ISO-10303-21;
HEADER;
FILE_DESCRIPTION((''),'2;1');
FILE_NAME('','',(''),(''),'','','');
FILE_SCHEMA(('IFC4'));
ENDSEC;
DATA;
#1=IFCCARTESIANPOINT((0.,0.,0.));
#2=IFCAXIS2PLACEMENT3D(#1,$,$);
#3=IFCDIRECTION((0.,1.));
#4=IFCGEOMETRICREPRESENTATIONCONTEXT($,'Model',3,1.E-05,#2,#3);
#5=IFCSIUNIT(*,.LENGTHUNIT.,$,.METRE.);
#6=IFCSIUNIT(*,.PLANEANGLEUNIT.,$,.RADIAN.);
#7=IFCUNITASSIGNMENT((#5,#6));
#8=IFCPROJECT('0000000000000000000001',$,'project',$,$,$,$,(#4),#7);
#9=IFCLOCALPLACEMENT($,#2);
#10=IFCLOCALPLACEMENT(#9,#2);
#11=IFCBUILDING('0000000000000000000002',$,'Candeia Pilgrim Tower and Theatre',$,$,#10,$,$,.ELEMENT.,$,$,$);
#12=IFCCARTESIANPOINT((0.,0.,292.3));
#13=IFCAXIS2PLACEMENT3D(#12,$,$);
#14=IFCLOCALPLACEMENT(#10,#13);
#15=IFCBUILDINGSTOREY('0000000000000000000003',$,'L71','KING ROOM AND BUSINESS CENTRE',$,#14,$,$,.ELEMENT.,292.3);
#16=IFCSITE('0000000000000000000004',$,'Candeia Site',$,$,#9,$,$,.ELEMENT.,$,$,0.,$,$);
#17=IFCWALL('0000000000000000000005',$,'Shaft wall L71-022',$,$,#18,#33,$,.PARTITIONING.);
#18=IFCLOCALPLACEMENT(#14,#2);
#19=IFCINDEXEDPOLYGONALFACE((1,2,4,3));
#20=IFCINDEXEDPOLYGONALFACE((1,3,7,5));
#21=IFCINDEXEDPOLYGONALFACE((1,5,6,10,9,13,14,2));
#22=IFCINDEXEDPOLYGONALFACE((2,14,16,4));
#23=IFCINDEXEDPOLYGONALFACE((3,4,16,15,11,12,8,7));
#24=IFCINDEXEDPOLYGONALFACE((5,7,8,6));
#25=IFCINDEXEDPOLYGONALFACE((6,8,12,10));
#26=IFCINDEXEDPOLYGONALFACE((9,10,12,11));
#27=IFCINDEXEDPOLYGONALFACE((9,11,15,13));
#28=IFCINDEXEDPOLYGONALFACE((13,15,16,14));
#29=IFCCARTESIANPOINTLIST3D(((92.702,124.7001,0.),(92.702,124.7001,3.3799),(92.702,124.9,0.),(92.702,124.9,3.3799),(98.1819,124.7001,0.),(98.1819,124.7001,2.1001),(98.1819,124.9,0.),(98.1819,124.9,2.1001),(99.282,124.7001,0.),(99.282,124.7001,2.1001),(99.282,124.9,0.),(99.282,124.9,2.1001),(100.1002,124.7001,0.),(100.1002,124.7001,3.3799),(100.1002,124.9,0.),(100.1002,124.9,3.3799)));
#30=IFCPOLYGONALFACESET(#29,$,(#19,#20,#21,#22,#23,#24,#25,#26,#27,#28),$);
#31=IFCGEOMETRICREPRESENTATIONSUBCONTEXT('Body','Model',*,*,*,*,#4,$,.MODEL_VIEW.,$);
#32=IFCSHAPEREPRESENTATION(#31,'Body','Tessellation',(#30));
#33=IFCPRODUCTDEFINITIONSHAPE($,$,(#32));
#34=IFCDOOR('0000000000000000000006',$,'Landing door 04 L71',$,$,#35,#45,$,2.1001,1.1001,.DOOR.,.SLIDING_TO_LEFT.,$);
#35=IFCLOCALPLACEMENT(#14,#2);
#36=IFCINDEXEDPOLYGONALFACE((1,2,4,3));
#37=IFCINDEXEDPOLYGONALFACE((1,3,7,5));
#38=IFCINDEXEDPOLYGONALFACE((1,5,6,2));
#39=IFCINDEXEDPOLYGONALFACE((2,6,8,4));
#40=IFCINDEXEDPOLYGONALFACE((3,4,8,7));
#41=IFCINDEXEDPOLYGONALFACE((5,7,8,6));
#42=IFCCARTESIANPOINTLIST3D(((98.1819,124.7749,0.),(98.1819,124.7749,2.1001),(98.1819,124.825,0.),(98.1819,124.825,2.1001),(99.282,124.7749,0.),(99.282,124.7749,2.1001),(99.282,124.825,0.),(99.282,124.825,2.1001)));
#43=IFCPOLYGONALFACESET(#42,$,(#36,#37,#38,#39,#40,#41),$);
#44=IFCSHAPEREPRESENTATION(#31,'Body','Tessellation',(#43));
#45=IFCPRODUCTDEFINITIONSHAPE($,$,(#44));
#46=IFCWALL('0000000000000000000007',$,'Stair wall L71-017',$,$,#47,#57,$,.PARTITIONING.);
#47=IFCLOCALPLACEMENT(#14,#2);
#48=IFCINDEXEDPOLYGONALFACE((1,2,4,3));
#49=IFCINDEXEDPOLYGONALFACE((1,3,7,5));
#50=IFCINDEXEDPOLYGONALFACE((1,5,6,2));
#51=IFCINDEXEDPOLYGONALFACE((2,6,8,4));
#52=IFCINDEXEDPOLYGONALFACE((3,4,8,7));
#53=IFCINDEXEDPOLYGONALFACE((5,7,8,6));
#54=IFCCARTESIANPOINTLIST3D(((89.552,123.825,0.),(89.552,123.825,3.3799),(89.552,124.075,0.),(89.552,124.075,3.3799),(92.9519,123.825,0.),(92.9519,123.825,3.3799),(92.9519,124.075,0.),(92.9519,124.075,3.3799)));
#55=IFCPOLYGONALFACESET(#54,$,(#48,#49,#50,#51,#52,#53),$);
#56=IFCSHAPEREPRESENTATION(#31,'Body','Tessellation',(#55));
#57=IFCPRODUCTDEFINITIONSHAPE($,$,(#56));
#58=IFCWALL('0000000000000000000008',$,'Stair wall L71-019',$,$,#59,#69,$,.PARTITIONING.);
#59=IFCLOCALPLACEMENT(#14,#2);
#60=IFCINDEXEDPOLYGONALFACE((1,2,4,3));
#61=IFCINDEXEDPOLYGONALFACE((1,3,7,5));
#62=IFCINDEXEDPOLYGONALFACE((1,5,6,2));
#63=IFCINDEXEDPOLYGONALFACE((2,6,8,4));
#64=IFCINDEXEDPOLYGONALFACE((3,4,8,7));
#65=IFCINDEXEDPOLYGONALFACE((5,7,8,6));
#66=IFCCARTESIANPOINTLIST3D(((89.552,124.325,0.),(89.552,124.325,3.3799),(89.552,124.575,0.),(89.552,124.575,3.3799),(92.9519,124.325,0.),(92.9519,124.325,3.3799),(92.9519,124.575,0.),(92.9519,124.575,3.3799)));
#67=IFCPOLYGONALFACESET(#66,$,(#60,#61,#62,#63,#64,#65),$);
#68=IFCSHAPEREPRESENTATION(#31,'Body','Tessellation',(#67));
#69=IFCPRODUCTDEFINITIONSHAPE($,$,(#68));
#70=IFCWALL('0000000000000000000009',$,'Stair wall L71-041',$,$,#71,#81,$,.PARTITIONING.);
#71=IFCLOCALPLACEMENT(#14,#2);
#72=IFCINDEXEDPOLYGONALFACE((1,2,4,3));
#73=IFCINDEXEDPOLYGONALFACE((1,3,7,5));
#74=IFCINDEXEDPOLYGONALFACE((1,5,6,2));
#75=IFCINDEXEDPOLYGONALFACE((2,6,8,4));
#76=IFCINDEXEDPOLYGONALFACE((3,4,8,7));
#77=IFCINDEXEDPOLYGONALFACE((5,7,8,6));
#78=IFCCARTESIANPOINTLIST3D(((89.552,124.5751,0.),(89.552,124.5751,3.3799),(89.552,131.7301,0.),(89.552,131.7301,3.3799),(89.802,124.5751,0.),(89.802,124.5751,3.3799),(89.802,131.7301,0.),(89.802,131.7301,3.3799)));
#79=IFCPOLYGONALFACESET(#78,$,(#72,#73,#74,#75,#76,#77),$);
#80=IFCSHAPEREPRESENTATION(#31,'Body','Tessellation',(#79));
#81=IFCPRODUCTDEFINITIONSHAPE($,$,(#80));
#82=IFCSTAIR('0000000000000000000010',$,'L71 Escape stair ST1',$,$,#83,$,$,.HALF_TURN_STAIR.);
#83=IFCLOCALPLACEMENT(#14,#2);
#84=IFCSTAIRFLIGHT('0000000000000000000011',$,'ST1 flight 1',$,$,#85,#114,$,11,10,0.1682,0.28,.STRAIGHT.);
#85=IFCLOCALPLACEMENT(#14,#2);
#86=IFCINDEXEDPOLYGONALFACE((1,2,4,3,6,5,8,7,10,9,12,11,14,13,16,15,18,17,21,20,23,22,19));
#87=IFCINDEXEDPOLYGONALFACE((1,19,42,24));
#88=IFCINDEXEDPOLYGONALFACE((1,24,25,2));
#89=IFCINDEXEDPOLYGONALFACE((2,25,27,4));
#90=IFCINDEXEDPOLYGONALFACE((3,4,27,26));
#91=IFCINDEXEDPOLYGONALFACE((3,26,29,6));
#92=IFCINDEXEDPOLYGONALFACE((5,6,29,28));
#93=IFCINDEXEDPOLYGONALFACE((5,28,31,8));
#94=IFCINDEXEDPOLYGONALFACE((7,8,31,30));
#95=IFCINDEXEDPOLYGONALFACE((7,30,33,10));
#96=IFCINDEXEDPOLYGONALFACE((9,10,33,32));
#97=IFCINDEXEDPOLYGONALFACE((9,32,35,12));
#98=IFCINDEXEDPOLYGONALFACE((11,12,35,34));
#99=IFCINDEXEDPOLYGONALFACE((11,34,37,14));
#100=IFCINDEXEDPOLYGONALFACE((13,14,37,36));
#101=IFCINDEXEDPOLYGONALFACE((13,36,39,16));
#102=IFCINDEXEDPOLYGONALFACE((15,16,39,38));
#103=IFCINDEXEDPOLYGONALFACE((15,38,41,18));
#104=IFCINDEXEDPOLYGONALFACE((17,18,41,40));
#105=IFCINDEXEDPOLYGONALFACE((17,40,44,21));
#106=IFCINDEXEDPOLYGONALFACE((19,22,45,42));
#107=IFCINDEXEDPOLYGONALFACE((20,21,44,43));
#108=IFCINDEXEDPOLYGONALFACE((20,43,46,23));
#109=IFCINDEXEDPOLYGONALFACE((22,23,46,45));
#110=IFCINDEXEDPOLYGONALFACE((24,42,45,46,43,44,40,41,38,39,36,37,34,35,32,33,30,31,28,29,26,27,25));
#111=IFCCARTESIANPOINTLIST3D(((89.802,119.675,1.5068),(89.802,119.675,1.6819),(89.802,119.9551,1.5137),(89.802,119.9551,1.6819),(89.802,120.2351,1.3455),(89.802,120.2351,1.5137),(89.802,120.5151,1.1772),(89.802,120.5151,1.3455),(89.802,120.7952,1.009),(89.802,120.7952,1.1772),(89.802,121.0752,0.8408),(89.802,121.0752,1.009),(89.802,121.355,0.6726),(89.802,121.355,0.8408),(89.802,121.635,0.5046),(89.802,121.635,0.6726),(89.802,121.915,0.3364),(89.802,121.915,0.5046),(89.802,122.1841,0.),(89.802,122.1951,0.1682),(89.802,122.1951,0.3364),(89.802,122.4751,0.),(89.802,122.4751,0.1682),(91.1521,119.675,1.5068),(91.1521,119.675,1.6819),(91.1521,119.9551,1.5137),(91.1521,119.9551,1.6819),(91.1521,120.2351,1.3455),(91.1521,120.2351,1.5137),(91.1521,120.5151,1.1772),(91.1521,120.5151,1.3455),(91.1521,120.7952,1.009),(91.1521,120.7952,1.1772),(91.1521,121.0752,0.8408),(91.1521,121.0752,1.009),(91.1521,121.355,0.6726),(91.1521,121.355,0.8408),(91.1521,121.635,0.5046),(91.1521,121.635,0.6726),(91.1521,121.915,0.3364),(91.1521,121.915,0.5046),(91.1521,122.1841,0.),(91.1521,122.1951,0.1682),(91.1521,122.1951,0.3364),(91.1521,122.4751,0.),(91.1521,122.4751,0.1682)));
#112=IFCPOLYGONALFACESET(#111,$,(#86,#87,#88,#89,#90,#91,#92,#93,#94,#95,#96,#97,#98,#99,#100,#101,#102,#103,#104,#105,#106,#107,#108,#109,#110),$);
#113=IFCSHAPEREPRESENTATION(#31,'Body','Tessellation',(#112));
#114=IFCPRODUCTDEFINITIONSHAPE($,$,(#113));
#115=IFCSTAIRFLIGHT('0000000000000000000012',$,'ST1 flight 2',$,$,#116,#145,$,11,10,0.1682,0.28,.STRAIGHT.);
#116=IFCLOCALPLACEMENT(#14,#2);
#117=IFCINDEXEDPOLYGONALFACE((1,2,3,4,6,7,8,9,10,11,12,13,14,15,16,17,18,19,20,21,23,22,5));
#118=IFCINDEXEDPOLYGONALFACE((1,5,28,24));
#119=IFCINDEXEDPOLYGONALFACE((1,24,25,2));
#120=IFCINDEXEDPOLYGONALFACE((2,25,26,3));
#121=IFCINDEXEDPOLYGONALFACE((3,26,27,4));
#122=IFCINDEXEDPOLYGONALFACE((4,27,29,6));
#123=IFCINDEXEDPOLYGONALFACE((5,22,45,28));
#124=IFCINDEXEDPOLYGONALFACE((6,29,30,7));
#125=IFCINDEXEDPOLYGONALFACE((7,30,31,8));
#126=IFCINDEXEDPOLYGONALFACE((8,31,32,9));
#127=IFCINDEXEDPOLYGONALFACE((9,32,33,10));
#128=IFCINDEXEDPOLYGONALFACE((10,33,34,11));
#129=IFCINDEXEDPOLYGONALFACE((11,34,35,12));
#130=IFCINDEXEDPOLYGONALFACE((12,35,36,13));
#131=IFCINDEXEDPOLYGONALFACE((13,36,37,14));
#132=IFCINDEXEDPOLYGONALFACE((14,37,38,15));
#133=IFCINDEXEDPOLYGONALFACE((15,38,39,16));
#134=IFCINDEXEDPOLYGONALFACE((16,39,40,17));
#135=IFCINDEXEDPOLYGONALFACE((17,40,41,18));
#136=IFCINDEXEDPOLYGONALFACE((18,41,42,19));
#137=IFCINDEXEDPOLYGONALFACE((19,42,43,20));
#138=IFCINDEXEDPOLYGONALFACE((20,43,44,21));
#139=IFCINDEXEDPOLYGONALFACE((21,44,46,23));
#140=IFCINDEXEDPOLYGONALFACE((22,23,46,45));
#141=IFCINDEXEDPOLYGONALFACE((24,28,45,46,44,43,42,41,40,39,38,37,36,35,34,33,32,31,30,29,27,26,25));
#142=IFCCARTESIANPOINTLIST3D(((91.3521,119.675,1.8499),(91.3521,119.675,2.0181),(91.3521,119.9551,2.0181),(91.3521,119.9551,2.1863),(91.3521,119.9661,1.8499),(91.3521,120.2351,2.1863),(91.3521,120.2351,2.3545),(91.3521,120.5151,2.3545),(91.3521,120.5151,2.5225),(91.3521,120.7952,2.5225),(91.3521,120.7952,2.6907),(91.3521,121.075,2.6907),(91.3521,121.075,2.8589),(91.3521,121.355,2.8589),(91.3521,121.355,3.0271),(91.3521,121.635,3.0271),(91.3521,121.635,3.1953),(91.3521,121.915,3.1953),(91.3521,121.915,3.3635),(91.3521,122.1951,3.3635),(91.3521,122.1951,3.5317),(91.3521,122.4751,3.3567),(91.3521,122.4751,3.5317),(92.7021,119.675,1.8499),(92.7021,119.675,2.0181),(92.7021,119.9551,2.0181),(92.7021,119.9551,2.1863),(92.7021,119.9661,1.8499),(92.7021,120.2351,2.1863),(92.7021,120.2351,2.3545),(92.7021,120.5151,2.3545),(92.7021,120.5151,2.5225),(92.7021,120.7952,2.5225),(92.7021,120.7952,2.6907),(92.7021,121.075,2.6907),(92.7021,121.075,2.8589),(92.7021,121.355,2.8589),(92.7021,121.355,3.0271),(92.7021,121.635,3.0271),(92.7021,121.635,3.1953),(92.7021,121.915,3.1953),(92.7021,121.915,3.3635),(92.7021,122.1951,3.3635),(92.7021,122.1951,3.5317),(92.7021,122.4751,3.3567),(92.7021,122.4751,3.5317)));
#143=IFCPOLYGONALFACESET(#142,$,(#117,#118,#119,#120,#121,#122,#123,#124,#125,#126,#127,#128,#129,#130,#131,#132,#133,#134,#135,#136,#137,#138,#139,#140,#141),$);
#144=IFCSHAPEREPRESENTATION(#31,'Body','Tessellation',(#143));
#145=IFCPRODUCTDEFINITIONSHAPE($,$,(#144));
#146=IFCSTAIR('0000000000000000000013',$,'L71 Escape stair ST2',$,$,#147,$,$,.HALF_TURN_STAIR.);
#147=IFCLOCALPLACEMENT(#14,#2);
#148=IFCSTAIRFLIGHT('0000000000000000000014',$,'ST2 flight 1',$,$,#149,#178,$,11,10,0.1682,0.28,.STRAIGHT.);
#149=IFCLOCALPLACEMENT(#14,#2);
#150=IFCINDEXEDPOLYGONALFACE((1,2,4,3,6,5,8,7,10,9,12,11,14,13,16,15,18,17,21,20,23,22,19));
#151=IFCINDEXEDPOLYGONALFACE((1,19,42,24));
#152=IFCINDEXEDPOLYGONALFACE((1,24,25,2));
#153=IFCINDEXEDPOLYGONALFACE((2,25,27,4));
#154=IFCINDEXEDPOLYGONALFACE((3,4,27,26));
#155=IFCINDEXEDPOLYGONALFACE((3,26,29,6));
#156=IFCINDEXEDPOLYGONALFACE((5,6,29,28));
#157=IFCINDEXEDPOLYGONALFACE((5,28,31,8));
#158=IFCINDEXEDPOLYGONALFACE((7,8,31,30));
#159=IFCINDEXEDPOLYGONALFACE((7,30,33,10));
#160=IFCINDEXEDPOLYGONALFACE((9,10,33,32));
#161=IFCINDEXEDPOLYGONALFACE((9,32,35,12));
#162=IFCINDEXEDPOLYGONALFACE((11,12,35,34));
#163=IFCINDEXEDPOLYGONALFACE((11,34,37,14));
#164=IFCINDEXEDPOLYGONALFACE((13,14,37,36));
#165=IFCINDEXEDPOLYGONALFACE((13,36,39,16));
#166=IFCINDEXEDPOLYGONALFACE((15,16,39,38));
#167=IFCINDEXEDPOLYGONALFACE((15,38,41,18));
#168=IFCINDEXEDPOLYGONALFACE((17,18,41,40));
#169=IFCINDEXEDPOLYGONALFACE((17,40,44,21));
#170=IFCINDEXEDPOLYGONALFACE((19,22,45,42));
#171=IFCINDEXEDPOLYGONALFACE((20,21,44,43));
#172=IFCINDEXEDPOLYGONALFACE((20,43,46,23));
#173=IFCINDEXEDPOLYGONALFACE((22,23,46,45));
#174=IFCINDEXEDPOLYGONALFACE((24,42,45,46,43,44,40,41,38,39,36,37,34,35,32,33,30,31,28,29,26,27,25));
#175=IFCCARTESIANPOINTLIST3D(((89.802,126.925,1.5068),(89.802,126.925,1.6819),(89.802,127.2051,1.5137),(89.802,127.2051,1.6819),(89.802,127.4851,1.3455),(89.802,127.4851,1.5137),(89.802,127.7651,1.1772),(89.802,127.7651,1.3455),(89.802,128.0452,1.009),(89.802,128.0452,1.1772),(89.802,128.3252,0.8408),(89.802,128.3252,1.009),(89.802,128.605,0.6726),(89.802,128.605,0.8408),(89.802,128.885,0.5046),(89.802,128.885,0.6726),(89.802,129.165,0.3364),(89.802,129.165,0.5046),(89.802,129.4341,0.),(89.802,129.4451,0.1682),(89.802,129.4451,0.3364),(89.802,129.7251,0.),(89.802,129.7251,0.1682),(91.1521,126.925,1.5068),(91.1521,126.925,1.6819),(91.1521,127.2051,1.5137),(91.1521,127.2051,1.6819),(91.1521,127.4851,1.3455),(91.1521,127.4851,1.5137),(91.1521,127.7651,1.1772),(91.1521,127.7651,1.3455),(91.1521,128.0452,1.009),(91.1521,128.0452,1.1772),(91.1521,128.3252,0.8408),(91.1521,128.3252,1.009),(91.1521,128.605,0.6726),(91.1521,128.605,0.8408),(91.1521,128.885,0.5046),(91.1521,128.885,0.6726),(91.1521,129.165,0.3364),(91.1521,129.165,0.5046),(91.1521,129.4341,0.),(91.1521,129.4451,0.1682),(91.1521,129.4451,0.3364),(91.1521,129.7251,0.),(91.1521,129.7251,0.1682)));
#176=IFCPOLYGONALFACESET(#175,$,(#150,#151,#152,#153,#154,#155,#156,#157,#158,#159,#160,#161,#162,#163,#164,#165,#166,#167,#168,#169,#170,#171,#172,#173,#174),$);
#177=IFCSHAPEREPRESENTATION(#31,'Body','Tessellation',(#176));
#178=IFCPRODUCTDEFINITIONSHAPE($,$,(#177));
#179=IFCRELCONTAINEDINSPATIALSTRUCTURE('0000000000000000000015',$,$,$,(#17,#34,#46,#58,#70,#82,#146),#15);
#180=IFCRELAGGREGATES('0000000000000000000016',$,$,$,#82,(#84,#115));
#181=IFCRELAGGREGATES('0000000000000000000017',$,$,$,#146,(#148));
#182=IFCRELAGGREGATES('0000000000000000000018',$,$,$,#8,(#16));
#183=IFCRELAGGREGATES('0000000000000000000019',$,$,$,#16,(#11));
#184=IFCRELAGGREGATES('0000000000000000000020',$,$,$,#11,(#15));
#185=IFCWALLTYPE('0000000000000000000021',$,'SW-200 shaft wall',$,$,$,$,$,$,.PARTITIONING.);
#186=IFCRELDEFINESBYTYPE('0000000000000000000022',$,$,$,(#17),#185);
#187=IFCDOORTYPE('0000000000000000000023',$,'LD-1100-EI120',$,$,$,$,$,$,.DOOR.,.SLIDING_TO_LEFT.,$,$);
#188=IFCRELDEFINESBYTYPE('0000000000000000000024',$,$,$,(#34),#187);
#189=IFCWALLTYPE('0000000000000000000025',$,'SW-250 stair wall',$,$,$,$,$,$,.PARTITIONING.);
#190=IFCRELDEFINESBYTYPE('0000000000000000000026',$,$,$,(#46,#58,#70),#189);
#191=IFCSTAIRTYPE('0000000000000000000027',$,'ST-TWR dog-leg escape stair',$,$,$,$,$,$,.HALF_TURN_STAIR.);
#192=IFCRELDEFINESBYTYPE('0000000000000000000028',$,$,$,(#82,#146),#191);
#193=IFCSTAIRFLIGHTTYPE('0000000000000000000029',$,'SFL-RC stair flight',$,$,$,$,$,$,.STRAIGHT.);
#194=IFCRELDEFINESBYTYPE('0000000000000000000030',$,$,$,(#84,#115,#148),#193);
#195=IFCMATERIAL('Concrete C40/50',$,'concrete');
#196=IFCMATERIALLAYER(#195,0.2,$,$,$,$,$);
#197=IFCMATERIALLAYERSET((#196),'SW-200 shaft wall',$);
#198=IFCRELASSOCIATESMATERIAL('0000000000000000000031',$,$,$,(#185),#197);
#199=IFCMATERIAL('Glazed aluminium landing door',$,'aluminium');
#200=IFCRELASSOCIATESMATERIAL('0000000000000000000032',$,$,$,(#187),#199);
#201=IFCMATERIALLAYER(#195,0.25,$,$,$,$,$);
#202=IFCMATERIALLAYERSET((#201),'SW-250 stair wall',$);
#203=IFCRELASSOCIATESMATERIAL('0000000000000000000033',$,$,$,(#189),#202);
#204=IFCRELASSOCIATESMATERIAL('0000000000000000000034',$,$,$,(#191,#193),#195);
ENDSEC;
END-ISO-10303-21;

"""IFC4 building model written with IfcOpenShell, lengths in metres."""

from ifc_helpers import new_model, si_unit, direction, frame, frame_2d, origin, place, context, subcontext, project, spatial, polyline, rectangle, outline, extrude, material, layer, layer_set, type_object, element, fill, aggregate, save


model = new_model("IFC4")

# Units and contexts
model_context = context("Model", 3, precision=1e-05, world=origin(), true_north=direction((0.0, 1.0)))
body_context = subcontext(model_context, "Body", "Model", "MODEL_VIEW")
ifc_project = project(units=[si_unit("LENGTHUNIT", "METRE"), si_unit("PLANEANGLEUNIT", "RADIAN")], contexts=[model_context])

# Site, building, storey
site_placement = place(None, origin())
site = spatial("IfcSite", under=ifc_project, at=site_placement, Name="Candeia Site", CompositionType="ELEMENT", RefElevation=0.0)
building_placement = place(site_placement, origin())
building = spatial("IfcBuilding", under=site, at=building_placement, Name="Candeia Pilgrim Tower and Theatre", CompositionType="ELEMENT")
storey_placement = place(building_placement, frame((0.0, 0.0, 292.3)))
storey = spatial("IfcBuildingStorey", under=building, at=storey_placement, Name="L71", Description="KING ROOM AND BUSINESS CENTRE", CompositionType="ELEMENT", Elevation=292.3)

# Wall, opening, door
ifc_material_1 = material(Name="Concrete C40/50", Category="concrete")
ifc_layer_1 = layer(ifc_material_1, 0.2)
ifc_layer_set_1 = layer_set([ifc_layer_1], Name="SW-200 shaft wall")
wall_type_1 = type_object("IfcWallType", Name="SW-200 shaft wall", PredefinedType="PARTITIONING", material=ifc_layer_set_1)
wall_1_placement = place(storey_placement, frame((92.7019, 124.8, 0.0), z_axis=(0.0, 0.0, 1.0), x_axis=(1.0, 0.0, 0.0)))
wall_1 = element("IfcWall", 1, at=wall_1_placement, inside=storey, type_object=wall_type_1, Name="Shaft wall L71-022", PredefinedType="PARTITIONING", context=body_context, shape_type="SweptSolid", body=[
    extrude(rectangle(XDim=7.3982, YDim=0.2, at=frame_2d((3.6992, 0.0))), origin(), (0.0, 0.0, 1.0), 3.3799),
])
opening_placement = place(wall_1_placement, frame((5.48, 0.0, 0.0)))
opening = element("IfcOpeningElement", 2, at=opening_placement, cuts=wall_1, PredefinedType="OPENING", context=body_context, shape_type="SweptSolid", body=[
    extrude(rectangle(XDim=1.1001, YDim=2.1001, at=frame_2d((0.55, 1.05))), frame((0.0, 0.1099, 0.0), z_axis=(0.0, -1.0, 0.0), x_axis=(1.0, 0.0, 0.0)), (0.0, 0.0, 1.0), 0.22),
])
ifc_material_2 = material(Name="Glazed aluminium landing door", Category="aluminium")
door_type = type_object("IfcDoorType", Name="LD-1100-EI120", OperationType="SLIDING_TO_LEFT", PredefinedType="DOOR", material=ifc_material_2)
door_placement = place(opening_placement, origin())
door = element("IfcDoor", 3, at=door_placement, inside=storey, type_object=door_type, Name="Landing door 04 L71", OperationType="SLIDING_TO_LEFT", OverallHeight=2.1001, OverallWidth=1.1001, PredefinedType="DOOR", context=body_context, shape_type="SweptSolid", body=[
    extrude(rectangle(XDim=1.1001, YDim=2.1001, at=frame_2d((0.55, 1.05))), frame((0.0, 0.0249, 0.0), z_axis=(0.0, -1.0, 0.0), x_axis=(1.0, 0.0, 0.0)), (0.0, 0.0, 1.0), 0.05),
])
fill(opening, door)

# Walls
ifc_layer_2 = layer(ifc_material_1, 0.25)
ifc_layer_set_2 = layer_set([ifc_layer_2], Name="SW-250 stair wall")
wall_type_2 = type_object("IfcWallType", Name="SW-250 stair wall", PredefinedType="PARTITIONING", material=ifc_layer_set_2)
for number, where, z_axis, x_axis, name in (
    (4, (89.552, 123.95, 0.0), (0.0, 0.0, 1.0), (1.0, 0.0, 0.0), "Stair wall L71-017"),
    (5, (89.552, 124.45, 0.0), (0.0, 0.0, 1.0), (1.0, 0.0, 0.0), "Stair wall L71-019"),
):
    element("IfcWall", number, at=place(storey_placement, frame(where, z_axis=z_axis, x_axis=x_axis)), inside=storey, type_object=wall_type_2, Name=name, PredefinedType="PARTITIONING", context=body_context, shape_type="SweptSolid", body=[
        extrude(rectangle(XDim=3.3999, YDim=0.25, at=frame_2d((1.7, 0.0))), origin(), (0.0, 0.0, 1.0), 3.3799),
    ])
wall_2_placement = place(storey_placement, frame((89.677, 124.575, 0.0), z_axis=(0.0, 0.0, 1.0), x_axis=(0.0, 1.0, 0.0)))
element("IfcWall", 6, at=wall_2_placement, inside=storey, type_object=wall_type_2, Name="Stair wall L71-041", PredefinedType="PARTITIONING", context=body_context, shape_type="SweptSolid", body=[
    extrude(rectangle(XDim=7.155, YDim=0.25, at=frame_2d((3.5776, 0.0))), origin(), (0.0, 0.0, 1.0), 3.3799),
])

# Stairs, stair flights
stair_type = type_object("IfcStairType", Name="ST-TWR dog-leg escape stair", PredefinedType="HALF_TURN_STAIR", material=ifc_material_1)
stair_1_placement = place(storey_placement, origin())
stair_1 = element("IfcStair", 7, at=stair_1_placement, inside=storey, type_object=stair_type, Name="L71 Escape stair ST1", PredefinedType="HALF_TURN_STAIR")
stair_flight_type = type_object("IfcStairFlightType", Name="SFL-RC stair flight", PredefinedType="STRAIGHT", material=ifc_material_1)
stair_flight_1_placement = place(storey_placement, frame((90.4771, 122.4751, 0.0), z_axis=(0.0, 0.0, 1.0), x_axis=(0.0, -1.0, 0.0)))
stair_flight_1 = element("IfcStairFlight", 8, at=stair_flight_1_placement, type_object=stair_flight_type, Name="ST1 flight 1", NumberOfRisers=11, NumberOfTreads=10, PredefinedType="STRAIGHT", RiserHeight=0.1682, TreadLength=0.28, context=body_context, shape_type="SweptSolid", body=[
    extrude(outline(polyline([(0.0, 0.0), (0.0, 0.1682), (0.28, 0.1682), (0.28, 0.3364), (0.5601, 0.3364), (0.5601, 0.5046), (0.8401, 0.5046), (0.8401, 0.6726), (1.1201, 0.6726), (1.1201, 0.8408), (1.3999, 0.8408), (1.3999, 1.009), (1.6799, 1.009), (1.6799, 1.1772), (1.96, 1.1772), (1.96, 1.3455), (2.24, 1.3455), (2.24, 1.5137), (2.52, 1.5137), (2.52, 1.6819), (2.8, 1.6819), (2.8, 1.8501), (2.8, 1.5068), (0.291, 0.0), (0.0, 0.0)])), frame((0.0, 0.675, 0.0), z_axis=(0.0, -1.0, 0.0), x_axis=(1.0, 0.0, 0.0)), (0.0, 0.0, 1.0), 1.3501),
])
stair_flight_2_placement = place(storey_placement, frame((92.0271, 119.675, 1.8499), z_axis=(0.0, 0.0, 1.0), x_axis=(0.0, 1.0, 0.0)))
stair_flight_2 = element("IfcStairFlight", 9, at=stair_flight_2_placement, type_object=stair_flight_type, Name="ST1 flight 2", NumberOfRisers=11, NumberOfTreads=10, PredefinedType="STRAIGHT", RiserHeight=0.1682, TreadLength=0.28, context=body_context, shape_type="SweptSolid", body=[
    extrude(outline(polyline([(0.0, 0.0), (0.0, 0.1682), (0.28, 0.1682), (0.28, 0.3364), (0.5601, 0.3364), (0.5601, 0.5046), (0.8401, 0.5046), (0.8401, 0.6726), (1.1201, 0.6726), (1.1201, 0.8408), (1.3999, 0.8408), (1.3999, 1.009), (1.6799, 1.009), (1.6799, 1.1772), (1.96, 1.1772), (1.96, 1.3455), (2.24, 1.3455), (2.24, 1.5137), (2.52, 1.5137), (2.52, 1.6819), (2.8, 1.6819), (2.8, 1.8501), (2.8, 1.5068), (0.291, 0.0), (0.0, 0.0)])), frame((0.0, 0.675, 0.0), z_axis=(0.0, -1.0, 0.0), x_axis=(1.0, 0.0, 0.0)), (0.0, 0.0, 1.0), 1.3501),
])
aggregate(stair_1, [stair_flight_1, stair_flight_2])
stair_2_placement = place(storey_placement, origin())
stair_2 = element("IfcStair", 10, at=stair_2_placement, inside=storey, type_object=stair_type, Name="L71 Escape stair ST2", PredefinedType="HALF_TURN_STAIR")
stair_flight_3_placement = place(storey_placement, frame((90.4771, 129.7251, 0.0), z_axis=(0.0, 0.0, 1.0), x_axis=(0.0, -1.0, 0.0)))
stair_flight_3 = element("IfcStairFlight", 11, at=stair_flight_3_placement, type_object=stair_flight_type, Name="ST2 flight 1", NumberOfRisers=11, NumberOfTreads=10, PredefinedType="STRAIGHT", RiserHeight=0.1682, TreadLength=0.28, context=body_context, shape_type="SweptSolid", body=[
    extrude(outline(polyline([(0.0, 0.0), (0.0, 0.1682), (0.28, 0.1682), (0.28, 0.3364), (0.5601, 0.3364), (0.5601, 0.5046), (0.8401, 0.5046), (0.8401, 0.6726), (1.1201, 0.6726), (1.1201, 0.8408), (1.3999, 0.8408), (1.3999, 1.009), (1.6799, 1.009), (1.6799, 1.1772), (1.96, 1.1772), (1.96, 1.3455), (2.24, 1.3455), (2.24, 1.5137), (2.52, 1.5137), (2.52, 1.6819), (2.8, 1.6819), (2.8, 1.8501), (2.8, 1.5068), (0.291, 0.0), (0.0, 0.0)])), frame((0.0, 0.675, 0.0), z_axis=(0.0, -1.0, 0.0), x_axis=(1.0, 0.0, 0.0)), (0.0, 0.0, 1.0), 1.3501),
])
aggregate(stair_2, [stair_flight_3])

save(model, "model.ifc")
